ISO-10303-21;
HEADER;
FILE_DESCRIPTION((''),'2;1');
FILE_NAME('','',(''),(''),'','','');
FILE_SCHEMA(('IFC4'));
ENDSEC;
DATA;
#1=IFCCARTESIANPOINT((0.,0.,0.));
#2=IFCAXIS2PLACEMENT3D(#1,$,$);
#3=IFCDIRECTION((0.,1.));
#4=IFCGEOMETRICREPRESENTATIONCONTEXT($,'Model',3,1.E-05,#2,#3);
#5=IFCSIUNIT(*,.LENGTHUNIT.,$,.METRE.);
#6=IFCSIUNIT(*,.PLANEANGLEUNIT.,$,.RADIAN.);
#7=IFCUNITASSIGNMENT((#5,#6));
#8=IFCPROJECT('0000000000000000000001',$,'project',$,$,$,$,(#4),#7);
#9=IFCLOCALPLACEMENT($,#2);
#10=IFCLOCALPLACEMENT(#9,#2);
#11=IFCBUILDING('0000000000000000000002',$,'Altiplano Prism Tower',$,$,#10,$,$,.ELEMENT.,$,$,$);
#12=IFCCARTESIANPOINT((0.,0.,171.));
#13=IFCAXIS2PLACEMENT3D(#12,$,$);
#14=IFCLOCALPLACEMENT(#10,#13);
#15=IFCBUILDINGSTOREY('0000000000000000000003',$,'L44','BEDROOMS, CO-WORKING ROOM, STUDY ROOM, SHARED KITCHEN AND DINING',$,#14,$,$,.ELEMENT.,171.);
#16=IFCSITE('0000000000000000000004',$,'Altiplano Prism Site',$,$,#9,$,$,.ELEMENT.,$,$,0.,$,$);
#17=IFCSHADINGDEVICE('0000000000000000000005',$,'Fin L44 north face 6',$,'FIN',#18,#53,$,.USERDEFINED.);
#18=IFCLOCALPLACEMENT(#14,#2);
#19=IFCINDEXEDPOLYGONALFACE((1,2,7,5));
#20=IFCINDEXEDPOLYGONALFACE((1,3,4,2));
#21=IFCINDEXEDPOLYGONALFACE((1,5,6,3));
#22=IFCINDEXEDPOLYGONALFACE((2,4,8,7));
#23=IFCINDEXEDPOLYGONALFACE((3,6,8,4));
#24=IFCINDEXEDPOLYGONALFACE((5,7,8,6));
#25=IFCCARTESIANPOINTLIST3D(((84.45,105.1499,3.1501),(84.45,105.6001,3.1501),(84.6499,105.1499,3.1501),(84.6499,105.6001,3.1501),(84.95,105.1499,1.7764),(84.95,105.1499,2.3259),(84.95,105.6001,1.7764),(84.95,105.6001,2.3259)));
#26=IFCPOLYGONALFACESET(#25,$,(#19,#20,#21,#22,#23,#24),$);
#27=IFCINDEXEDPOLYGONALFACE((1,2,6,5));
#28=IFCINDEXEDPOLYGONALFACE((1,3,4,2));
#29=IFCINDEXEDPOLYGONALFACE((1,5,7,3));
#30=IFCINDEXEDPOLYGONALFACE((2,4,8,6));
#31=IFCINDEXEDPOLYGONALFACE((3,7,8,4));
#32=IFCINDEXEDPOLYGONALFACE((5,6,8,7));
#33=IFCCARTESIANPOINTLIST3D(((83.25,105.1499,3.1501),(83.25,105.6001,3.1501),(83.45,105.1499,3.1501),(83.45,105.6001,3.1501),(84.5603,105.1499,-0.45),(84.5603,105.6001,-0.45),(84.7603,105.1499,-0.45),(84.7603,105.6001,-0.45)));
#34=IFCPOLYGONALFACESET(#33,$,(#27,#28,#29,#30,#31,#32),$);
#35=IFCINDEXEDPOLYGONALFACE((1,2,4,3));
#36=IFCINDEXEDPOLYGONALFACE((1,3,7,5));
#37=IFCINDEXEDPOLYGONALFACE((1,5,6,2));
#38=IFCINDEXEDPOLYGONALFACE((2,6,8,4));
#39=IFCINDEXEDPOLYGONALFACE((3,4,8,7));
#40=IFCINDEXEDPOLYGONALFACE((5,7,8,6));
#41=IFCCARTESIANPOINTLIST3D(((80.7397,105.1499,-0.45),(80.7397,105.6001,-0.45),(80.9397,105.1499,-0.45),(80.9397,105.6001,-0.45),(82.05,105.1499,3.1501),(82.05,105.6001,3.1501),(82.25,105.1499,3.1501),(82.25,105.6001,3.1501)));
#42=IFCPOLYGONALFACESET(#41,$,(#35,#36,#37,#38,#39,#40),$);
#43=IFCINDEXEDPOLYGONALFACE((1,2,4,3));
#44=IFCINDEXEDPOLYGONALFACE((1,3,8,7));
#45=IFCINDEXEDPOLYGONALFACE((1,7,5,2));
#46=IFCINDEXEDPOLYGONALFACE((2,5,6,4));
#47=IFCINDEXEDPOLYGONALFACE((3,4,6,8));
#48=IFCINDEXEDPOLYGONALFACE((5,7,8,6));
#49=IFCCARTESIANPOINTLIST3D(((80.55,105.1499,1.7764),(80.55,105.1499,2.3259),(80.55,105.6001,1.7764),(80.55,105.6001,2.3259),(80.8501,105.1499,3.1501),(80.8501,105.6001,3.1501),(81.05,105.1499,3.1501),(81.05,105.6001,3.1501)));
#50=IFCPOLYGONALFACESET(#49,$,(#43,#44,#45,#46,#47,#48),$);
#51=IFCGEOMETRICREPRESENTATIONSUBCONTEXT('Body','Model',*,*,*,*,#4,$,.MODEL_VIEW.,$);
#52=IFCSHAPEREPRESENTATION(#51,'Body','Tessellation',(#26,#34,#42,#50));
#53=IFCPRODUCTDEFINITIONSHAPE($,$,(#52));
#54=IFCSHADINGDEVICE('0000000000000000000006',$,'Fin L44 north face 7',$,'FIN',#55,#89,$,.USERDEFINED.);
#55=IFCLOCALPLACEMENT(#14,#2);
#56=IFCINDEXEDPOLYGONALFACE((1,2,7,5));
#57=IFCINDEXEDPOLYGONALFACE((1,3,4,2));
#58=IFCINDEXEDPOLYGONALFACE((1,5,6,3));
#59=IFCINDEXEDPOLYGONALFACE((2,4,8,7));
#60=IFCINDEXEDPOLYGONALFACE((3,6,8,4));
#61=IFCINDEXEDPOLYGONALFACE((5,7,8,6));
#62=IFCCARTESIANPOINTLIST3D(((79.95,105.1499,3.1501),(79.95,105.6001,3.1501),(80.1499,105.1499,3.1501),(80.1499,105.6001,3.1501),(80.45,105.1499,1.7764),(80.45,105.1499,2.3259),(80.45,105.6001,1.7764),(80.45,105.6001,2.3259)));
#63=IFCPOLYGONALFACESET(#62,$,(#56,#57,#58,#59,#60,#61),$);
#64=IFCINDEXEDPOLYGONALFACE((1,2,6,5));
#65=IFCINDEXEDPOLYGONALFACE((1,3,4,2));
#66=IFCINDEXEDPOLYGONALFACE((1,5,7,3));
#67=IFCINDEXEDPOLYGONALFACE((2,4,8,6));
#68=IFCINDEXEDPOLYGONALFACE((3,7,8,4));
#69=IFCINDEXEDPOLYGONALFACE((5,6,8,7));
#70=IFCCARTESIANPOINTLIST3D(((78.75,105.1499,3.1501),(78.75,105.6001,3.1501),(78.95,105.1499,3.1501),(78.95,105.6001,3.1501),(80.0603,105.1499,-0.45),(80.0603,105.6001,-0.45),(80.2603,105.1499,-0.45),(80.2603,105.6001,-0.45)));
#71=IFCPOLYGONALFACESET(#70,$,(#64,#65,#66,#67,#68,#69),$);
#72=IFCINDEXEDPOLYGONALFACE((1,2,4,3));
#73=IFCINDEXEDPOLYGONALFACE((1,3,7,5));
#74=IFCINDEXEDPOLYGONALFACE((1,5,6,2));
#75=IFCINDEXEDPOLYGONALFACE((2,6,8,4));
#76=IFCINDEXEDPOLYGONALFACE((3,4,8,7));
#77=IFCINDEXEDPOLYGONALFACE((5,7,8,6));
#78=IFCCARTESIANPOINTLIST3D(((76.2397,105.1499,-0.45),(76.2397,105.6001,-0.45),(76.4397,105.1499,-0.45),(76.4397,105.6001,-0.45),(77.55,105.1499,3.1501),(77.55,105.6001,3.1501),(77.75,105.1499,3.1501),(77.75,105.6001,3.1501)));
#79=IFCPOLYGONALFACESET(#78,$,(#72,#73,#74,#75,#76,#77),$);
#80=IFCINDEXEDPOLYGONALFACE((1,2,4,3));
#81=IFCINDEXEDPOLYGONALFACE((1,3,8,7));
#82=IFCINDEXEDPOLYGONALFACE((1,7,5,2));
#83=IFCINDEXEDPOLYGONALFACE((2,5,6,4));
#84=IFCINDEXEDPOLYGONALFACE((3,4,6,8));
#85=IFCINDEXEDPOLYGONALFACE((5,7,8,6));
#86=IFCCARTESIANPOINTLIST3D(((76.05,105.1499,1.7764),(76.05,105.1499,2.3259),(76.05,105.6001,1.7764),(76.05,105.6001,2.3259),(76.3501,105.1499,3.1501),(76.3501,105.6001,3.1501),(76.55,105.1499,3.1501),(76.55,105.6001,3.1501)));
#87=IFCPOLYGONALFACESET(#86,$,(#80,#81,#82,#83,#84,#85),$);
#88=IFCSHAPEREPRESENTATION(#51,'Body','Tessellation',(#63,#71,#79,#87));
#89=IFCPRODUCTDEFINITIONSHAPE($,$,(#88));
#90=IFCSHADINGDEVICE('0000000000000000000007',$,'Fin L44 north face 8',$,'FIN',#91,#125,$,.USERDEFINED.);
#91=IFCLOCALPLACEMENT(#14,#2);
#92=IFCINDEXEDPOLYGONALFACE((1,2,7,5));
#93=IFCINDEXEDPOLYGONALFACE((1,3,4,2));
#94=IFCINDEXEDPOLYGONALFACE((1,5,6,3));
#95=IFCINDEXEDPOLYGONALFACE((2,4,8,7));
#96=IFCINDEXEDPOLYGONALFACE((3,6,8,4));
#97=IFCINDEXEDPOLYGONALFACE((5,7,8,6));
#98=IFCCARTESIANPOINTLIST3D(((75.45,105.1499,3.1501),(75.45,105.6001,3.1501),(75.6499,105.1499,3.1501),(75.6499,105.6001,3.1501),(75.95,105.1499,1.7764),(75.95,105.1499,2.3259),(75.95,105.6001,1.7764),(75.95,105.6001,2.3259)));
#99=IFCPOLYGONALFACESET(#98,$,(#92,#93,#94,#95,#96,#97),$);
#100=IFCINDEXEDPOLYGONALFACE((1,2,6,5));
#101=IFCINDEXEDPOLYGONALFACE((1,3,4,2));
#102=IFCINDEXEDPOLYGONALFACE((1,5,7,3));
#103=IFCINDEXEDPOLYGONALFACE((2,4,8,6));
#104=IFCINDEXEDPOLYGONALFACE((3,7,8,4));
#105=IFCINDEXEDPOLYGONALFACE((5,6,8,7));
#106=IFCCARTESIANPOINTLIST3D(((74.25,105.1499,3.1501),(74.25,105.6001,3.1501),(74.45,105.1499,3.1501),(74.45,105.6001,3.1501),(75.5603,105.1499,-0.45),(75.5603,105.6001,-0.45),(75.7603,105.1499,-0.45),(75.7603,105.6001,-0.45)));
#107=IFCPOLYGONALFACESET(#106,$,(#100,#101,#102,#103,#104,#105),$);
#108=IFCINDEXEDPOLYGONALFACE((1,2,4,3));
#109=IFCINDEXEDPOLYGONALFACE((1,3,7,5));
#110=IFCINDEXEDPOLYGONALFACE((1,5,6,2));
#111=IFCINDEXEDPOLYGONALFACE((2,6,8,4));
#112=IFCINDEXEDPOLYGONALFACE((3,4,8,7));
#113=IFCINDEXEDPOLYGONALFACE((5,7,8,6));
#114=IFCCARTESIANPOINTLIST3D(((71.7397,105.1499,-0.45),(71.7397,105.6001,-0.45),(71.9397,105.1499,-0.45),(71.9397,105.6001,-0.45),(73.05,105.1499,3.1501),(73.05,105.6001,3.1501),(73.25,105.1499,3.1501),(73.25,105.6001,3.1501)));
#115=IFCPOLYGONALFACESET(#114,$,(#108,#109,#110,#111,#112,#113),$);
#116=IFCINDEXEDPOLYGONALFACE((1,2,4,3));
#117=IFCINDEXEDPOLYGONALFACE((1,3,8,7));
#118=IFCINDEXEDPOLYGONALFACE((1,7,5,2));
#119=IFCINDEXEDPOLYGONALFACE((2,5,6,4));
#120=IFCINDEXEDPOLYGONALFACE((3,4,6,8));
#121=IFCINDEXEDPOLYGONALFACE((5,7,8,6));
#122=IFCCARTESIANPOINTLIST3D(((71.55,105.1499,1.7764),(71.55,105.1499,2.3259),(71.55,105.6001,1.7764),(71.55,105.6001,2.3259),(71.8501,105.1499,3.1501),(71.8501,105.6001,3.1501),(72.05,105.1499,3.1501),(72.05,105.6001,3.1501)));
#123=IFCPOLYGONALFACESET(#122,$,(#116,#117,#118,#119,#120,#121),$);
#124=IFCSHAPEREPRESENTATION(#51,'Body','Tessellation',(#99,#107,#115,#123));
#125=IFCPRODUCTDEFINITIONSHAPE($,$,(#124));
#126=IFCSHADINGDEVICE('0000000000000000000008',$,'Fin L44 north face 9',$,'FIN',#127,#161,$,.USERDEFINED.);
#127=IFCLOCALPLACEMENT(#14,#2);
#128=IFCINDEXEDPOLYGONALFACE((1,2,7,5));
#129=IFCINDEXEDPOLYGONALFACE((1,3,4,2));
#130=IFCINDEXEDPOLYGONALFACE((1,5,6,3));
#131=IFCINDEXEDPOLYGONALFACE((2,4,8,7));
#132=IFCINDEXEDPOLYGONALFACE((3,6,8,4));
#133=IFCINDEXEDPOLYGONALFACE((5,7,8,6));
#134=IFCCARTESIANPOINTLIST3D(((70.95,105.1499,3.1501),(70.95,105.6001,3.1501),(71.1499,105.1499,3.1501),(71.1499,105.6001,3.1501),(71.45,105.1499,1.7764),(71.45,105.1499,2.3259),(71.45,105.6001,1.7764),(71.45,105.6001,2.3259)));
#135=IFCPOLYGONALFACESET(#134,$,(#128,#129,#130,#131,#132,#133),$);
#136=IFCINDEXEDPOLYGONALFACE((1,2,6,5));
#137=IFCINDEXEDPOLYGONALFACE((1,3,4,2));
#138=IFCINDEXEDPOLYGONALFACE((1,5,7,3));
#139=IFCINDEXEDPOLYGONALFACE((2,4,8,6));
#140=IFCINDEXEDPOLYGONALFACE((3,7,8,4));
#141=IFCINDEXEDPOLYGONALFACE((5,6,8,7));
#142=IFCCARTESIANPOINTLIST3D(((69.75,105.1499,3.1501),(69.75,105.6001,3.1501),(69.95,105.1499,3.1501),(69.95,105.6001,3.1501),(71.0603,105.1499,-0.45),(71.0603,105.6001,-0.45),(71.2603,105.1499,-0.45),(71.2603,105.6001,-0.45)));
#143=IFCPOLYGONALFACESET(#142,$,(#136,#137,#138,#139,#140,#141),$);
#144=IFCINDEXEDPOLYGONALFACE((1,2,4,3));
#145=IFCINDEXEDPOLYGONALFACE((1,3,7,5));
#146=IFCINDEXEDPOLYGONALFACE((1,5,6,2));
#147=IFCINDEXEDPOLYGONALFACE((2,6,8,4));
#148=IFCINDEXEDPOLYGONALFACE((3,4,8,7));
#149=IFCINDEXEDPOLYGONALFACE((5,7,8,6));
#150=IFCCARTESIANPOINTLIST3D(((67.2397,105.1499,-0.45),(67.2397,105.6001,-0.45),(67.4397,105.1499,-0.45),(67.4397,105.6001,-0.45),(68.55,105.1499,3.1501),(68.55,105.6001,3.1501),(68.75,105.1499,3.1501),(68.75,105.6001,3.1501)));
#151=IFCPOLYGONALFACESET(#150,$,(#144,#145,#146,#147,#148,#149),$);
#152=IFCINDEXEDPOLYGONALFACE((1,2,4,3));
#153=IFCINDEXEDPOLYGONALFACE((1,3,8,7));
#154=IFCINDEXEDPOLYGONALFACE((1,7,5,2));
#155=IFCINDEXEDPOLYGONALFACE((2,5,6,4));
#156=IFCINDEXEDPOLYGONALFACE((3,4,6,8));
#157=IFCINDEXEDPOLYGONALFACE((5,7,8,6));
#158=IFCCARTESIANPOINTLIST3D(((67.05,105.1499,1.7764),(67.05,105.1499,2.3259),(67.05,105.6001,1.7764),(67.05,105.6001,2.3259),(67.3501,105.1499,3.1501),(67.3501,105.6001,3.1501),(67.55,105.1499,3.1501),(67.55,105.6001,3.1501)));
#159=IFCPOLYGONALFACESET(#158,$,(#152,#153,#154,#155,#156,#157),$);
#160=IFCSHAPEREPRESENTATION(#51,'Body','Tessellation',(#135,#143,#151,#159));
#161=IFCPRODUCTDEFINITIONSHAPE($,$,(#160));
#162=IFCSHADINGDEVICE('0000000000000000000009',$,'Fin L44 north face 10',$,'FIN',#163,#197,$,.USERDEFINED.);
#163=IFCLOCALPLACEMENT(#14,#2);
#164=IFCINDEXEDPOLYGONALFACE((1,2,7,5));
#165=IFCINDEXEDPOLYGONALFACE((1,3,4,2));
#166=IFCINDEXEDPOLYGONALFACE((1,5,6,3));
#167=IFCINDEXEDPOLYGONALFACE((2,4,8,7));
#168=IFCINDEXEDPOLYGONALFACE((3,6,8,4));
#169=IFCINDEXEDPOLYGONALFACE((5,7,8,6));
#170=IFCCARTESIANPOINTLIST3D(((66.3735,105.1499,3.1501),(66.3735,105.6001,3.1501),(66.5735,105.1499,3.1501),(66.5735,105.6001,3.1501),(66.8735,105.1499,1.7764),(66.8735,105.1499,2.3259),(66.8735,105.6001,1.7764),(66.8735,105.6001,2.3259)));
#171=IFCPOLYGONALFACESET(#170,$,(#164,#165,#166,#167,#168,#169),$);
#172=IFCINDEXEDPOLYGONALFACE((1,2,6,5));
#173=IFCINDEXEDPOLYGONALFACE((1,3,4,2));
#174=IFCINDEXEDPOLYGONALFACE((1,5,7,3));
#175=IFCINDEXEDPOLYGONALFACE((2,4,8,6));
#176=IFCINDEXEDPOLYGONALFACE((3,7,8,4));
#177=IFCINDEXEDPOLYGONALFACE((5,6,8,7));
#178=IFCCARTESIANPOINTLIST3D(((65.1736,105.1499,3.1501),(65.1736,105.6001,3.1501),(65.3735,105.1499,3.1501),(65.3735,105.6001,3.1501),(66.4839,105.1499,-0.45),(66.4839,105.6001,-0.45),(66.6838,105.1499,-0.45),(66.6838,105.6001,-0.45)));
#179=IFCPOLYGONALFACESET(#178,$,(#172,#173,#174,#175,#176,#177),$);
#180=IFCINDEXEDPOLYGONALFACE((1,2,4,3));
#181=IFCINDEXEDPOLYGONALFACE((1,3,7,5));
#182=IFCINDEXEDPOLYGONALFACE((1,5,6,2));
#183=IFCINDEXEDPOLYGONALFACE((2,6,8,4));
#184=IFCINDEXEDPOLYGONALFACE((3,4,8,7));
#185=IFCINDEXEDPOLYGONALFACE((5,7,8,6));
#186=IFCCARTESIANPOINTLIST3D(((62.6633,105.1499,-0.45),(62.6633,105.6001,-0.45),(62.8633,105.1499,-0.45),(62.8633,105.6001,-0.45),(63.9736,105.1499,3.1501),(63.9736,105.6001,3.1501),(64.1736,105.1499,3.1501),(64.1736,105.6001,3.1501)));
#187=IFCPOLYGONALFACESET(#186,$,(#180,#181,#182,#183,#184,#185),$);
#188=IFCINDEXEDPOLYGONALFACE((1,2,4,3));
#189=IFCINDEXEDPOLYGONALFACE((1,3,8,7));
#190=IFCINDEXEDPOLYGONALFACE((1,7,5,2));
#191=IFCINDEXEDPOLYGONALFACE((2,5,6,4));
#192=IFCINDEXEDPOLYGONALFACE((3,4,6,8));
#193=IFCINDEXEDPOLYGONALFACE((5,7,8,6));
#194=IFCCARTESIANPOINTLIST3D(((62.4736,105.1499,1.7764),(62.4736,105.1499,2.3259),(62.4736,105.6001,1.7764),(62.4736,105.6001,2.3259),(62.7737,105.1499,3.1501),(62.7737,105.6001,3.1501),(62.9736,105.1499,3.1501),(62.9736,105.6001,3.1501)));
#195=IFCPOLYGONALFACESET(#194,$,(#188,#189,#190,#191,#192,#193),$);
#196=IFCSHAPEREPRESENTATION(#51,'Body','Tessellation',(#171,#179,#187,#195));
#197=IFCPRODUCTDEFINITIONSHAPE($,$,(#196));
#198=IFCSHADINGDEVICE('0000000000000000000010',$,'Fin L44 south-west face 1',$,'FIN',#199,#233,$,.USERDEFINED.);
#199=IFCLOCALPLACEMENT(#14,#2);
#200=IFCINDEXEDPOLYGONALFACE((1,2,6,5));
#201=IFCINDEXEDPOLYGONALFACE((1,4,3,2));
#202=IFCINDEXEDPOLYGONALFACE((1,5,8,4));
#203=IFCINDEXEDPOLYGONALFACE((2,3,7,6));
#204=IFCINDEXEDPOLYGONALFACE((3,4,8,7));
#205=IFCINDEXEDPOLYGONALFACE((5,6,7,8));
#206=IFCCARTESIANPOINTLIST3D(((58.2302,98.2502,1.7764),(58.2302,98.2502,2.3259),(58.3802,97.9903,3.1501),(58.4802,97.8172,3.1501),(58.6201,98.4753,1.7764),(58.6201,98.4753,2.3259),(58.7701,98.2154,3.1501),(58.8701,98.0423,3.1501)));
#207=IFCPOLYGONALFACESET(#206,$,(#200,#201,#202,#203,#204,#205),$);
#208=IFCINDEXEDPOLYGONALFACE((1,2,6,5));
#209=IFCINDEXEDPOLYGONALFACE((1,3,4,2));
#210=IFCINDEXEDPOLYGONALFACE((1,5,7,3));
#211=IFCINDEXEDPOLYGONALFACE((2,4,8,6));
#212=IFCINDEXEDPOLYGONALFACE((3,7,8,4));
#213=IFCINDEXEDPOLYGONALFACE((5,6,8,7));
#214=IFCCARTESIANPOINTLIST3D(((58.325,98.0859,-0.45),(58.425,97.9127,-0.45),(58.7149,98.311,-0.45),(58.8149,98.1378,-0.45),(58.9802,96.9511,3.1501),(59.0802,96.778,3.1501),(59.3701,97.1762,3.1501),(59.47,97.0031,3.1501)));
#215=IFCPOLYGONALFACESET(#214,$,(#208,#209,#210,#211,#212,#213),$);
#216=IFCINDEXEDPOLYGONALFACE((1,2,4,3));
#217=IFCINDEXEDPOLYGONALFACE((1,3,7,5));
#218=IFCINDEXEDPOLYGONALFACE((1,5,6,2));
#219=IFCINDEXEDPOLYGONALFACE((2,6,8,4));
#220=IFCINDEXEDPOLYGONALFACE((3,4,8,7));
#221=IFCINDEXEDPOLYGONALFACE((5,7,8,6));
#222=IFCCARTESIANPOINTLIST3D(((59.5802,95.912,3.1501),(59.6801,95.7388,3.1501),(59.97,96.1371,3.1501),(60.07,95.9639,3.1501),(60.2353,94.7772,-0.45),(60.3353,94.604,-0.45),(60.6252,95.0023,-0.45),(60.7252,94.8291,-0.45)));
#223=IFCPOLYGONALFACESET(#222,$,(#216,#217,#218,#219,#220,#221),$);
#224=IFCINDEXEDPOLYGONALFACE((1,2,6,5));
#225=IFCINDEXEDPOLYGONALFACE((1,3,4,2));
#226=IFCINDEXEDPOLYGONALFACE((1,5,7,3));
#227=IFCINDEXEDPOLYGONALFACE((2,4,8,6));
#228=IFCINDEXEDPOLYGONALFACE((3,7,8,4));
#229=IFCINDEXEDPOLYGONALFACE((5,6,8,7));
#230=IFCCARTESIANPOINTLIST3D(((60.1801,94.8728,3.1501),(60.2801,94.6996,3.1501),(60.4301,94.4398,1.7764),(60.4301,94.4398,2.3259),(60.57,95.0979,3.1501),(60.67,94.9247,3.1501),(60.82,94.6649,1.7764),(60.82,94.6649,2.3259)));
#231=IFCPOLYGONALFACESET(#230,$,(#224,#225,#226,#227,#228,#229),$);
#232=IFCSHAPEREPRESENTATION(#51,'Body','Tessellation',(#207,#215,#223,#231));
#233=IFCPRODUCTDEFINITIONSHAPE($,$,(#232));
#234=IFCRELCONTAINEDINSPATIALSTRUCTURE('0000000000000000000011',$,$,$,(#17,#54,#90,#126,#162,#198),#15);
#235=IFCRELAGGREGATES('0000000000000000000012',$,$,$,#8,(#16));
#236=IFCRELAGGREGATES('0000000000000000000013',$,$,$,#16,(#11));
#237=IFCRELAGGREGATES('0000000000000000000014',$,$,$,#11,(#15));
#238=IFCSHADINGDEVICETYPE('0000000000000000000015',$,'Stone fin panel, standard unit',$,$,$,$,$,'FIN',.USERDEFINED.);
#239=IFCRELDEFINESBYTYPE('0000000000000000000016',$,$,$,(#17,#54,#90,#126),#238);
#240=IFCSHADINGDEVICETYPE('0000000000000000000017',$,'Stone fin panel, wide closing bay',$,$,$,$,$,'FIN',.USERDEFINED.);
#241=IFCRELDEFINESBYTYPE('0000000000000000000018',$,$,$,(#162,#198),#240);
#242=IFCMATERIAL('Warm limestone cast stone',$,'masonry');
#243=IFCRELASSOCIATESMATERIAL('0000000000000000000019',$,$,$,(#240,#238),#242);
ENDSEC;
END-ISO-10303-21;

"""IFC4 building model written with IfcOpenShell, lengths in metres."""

from ifc_helpers import new_model, si_unit, direction, frame, origin, place, context, subcontext, project, spatial, polyline, outline, extrude, source, transform, mapped, material, type_object, element, save


model = new_model("IFC4")

# Units and contexts
model_context = context("Model", 3, precision=1e-05, world=origin(), true_north=direction((0.0, 1.0)))
body_context = subcontext(model_context, "Body", "Model", "MODEL_VIEW")
ifc_project = project(units=[si_unit("LENGTHUNIT", "METRE"), si_unit("PLANEANGLEUNIT", "RADIAN")], contexts=[model_context])

# Site, building, storey
site_placement = place(None, origin())
site = spatial("IfcSite", under=ifc_project, at=site_placement, Name="Altiplano Prism Site", CompositionType="ELEMENT", RefElevation=0.0)
building_placement = place(site_placement, origin())
building = spatial("IfcBuilding", under=site, at=building_placement, Name="Altiplano Prism Tower", CompositionType="ELEMENT")
storey_placement = place(building_placement, frame((0.0, 0.0, 171.0)))
storey = spatial("IfcBuildingStorey", under=building, at=storey_placement, Name="L44", Description="BEDROOMS, CO-WORKING ROOM, STUDY ROOM, SHARED KITCHEN AND DINING", CompositionType="ELEMENT", Elevation=171.0)

# Shading devices
ifc_material_1 = material(Name="Warm limestone cast stone", Category="masonry")
shading_device_type_1 = type_object("IfcShadingDeviceType", Name="Stone fin panel, wide closing bay", ElementType="FIN", PredefinedType="USERDEFINED", material=ifc_material_1)
shared_shape_1 = source(origin(), body_context, "Body", "SweptSolid", [
    extrude(outline(polyline([(-2.2, 2.2263), (-1.7, 3.6001), (-1.8999, 3.6001), (-2.2, 2.7759), (-2.2, 2.2263)])), frame((0.0, -0.1499, 0.0), z_axis=(0.0, -1.0, 0.0), x_axis=(1.0, 0.0, 0.0)), (0.0, 0.0, 1.0), 0.4502),
    extrude(outline(polyline([(-2.0103, 0.0), (-1.8103, 0.0), (-0.5, 3.6001), (-0.7, 3.6001), (-2.0103, 0.0)])), frame((0.0, -0.1499, 0.0), z_axis=(0.0, -1.0, 0.0), x_axis=(1.0, 0.0, 0.0)), (0.0, 0.0, 1.0), 0.4502),
    extrude(outline(polyline([(1.8103, 0.0), (2.0103, 0.0), (0.7, 3.6001), (0.5, 3.6001), (1.8103, 0.0)])), frame((0.0, -0.1499, 0.0), z_axis=(0.0, -1.0, 0.0), x_axis=(1.0, 0.0, 0.0)), (0.0, 0.0, 1.0), 0.4502),
    extrude(outline(polyline([(2.2, 2.7759), (1.8999, 3.6001), (1.7, 3.6001), (2.2, 2.2263), (2.2, 2.7759)])), frame((0.0, -0.1499, 0.0), z_axis=(0.0, -1.0, 0.0), x_axis=(1.0, 0.0, 0.0)), (0.0, 0.0, 1.0), 0.4502),
])
shading_device_type_2 = type_object("IfcShadingDeviceType", Name="Stone fin panel, standard unit", ElementType="FIN", PredefinedType="USERDEFINED", material=ifc_material_1)
shading_device_1_placement = place(storey_placement, origin())
element("IfcShadingDevice", 1, at=shading_device_1_placement, inside=storey, type_object=shading_device_type_2, Name="Fin L44 north face 6", ObjectType="FIN", PredefinedType="USERDEFINED", context=body_context, shape_type="MappedRepresentation", body=[
    mapped(shared_shape_1, transform((82.75, 105.0, -0.45), x_axis=(-1.0, 0.0, 0.0), y_axis=(0.0, -1.0, 0.0), z_axis=(0.0, 0.0, 1.0))),
])
shading_device_2_placement = place(storey_placement, origin())
element("IfcShadingDevice", 2, at=shading_device_2_placement, inside=storey, type_object=shading_device_type_2, Name="Fin L44 north face 7", ObjectType="FIN", PredefinedType="USERDEFINED", context=body_context, shape_type="MappedRepresentation", body=[
    mapped(shared_shape_1, transform((78.25, 105.0, -0.45), x_axis=(-1.0, 0.0, 0.0), y_axis=(0.0, -1.0, 0.0), z_axis=(0.0, 0.0, 1.0))),
])
shading_device_3_placement = place(storey_placement, origin())
element("IfcShadingDevice", 3, at=shading_device_3_placement, inside=storey, type_object=shading_device_type_2, Name="Fin L44 north face 8", ObjectType="FIN", PredefinedType="USERDEFINED", context=body_context, shape_type="MappedRepresentation", body=[
    mapped(shared_shape_1, transform((73.75, 105.0, -0.45), x_axis=(-1.0, 0.0, 0.0), y_axis=(0.0, -1.0, 0.0), z_axis=(0.0, 0.0, 1.0))),
])
shading_device_4_placement = place(storey_placement, origin())
element("IfcShadingDevice", 4, at=shading_device_4_placement, inside=storey, type_object=shading_device_type_2, Name="Fin L44 north face 9", ObjectType="FIN", PredefinedType="USERDEFINED", context=body_context, shape_type="MappedRepresentation", body=[
    mapped(shared_shape_1, transform((69.25, 105.0, -0.45), x_axis=(-1.0, 0.0, 0.0), y_axis=(0.0, -1.0, 0.0), z_axis=(0.0, 0.0, 1.0))),
])
shading_device_5_placement = place(storey_placement, origin())
element("IfcShadingDevice", 5, at=shading_device_5_placement, inside=storey, type_object=shading_device_type_1, Name="Fin L44 north face 10", ObjectType="FIN", PredefinedType="USERDEFINED", context=body_context, shape_type="MappedRepresentation", body=[
    mapped(shared_shape_1, transform((64.6736, 105.0, -0.45), x_axis=(-1.0, 0.0, 0.0), y_axis=(0.0, -1.0, 0.0), z_axis=(0.0, 0.0, 1.0))),
])
shading_device_6_placement = place(storey_placement, origin())
element("IfcShadingDevice", 6, at=shading_device_6_placement, inside=storey, type_object=shading_device_type_1, Name="Fin L44 south-west face 1", ObjectType="FIN", PredefinedType="USERDEFINED", context=body_context, shape_type="MappedRepresentation", body=[
    mapped(shared_shape_1, transform((59.8499, 96.645, -0.45), x_axis=(0.5, -0.866025, 0.0), y_axis=(0.866025, 0.5, 0.0), z_axis=(0.0, 0.0, 1.0))),
])

save(model, "model.ifc")
